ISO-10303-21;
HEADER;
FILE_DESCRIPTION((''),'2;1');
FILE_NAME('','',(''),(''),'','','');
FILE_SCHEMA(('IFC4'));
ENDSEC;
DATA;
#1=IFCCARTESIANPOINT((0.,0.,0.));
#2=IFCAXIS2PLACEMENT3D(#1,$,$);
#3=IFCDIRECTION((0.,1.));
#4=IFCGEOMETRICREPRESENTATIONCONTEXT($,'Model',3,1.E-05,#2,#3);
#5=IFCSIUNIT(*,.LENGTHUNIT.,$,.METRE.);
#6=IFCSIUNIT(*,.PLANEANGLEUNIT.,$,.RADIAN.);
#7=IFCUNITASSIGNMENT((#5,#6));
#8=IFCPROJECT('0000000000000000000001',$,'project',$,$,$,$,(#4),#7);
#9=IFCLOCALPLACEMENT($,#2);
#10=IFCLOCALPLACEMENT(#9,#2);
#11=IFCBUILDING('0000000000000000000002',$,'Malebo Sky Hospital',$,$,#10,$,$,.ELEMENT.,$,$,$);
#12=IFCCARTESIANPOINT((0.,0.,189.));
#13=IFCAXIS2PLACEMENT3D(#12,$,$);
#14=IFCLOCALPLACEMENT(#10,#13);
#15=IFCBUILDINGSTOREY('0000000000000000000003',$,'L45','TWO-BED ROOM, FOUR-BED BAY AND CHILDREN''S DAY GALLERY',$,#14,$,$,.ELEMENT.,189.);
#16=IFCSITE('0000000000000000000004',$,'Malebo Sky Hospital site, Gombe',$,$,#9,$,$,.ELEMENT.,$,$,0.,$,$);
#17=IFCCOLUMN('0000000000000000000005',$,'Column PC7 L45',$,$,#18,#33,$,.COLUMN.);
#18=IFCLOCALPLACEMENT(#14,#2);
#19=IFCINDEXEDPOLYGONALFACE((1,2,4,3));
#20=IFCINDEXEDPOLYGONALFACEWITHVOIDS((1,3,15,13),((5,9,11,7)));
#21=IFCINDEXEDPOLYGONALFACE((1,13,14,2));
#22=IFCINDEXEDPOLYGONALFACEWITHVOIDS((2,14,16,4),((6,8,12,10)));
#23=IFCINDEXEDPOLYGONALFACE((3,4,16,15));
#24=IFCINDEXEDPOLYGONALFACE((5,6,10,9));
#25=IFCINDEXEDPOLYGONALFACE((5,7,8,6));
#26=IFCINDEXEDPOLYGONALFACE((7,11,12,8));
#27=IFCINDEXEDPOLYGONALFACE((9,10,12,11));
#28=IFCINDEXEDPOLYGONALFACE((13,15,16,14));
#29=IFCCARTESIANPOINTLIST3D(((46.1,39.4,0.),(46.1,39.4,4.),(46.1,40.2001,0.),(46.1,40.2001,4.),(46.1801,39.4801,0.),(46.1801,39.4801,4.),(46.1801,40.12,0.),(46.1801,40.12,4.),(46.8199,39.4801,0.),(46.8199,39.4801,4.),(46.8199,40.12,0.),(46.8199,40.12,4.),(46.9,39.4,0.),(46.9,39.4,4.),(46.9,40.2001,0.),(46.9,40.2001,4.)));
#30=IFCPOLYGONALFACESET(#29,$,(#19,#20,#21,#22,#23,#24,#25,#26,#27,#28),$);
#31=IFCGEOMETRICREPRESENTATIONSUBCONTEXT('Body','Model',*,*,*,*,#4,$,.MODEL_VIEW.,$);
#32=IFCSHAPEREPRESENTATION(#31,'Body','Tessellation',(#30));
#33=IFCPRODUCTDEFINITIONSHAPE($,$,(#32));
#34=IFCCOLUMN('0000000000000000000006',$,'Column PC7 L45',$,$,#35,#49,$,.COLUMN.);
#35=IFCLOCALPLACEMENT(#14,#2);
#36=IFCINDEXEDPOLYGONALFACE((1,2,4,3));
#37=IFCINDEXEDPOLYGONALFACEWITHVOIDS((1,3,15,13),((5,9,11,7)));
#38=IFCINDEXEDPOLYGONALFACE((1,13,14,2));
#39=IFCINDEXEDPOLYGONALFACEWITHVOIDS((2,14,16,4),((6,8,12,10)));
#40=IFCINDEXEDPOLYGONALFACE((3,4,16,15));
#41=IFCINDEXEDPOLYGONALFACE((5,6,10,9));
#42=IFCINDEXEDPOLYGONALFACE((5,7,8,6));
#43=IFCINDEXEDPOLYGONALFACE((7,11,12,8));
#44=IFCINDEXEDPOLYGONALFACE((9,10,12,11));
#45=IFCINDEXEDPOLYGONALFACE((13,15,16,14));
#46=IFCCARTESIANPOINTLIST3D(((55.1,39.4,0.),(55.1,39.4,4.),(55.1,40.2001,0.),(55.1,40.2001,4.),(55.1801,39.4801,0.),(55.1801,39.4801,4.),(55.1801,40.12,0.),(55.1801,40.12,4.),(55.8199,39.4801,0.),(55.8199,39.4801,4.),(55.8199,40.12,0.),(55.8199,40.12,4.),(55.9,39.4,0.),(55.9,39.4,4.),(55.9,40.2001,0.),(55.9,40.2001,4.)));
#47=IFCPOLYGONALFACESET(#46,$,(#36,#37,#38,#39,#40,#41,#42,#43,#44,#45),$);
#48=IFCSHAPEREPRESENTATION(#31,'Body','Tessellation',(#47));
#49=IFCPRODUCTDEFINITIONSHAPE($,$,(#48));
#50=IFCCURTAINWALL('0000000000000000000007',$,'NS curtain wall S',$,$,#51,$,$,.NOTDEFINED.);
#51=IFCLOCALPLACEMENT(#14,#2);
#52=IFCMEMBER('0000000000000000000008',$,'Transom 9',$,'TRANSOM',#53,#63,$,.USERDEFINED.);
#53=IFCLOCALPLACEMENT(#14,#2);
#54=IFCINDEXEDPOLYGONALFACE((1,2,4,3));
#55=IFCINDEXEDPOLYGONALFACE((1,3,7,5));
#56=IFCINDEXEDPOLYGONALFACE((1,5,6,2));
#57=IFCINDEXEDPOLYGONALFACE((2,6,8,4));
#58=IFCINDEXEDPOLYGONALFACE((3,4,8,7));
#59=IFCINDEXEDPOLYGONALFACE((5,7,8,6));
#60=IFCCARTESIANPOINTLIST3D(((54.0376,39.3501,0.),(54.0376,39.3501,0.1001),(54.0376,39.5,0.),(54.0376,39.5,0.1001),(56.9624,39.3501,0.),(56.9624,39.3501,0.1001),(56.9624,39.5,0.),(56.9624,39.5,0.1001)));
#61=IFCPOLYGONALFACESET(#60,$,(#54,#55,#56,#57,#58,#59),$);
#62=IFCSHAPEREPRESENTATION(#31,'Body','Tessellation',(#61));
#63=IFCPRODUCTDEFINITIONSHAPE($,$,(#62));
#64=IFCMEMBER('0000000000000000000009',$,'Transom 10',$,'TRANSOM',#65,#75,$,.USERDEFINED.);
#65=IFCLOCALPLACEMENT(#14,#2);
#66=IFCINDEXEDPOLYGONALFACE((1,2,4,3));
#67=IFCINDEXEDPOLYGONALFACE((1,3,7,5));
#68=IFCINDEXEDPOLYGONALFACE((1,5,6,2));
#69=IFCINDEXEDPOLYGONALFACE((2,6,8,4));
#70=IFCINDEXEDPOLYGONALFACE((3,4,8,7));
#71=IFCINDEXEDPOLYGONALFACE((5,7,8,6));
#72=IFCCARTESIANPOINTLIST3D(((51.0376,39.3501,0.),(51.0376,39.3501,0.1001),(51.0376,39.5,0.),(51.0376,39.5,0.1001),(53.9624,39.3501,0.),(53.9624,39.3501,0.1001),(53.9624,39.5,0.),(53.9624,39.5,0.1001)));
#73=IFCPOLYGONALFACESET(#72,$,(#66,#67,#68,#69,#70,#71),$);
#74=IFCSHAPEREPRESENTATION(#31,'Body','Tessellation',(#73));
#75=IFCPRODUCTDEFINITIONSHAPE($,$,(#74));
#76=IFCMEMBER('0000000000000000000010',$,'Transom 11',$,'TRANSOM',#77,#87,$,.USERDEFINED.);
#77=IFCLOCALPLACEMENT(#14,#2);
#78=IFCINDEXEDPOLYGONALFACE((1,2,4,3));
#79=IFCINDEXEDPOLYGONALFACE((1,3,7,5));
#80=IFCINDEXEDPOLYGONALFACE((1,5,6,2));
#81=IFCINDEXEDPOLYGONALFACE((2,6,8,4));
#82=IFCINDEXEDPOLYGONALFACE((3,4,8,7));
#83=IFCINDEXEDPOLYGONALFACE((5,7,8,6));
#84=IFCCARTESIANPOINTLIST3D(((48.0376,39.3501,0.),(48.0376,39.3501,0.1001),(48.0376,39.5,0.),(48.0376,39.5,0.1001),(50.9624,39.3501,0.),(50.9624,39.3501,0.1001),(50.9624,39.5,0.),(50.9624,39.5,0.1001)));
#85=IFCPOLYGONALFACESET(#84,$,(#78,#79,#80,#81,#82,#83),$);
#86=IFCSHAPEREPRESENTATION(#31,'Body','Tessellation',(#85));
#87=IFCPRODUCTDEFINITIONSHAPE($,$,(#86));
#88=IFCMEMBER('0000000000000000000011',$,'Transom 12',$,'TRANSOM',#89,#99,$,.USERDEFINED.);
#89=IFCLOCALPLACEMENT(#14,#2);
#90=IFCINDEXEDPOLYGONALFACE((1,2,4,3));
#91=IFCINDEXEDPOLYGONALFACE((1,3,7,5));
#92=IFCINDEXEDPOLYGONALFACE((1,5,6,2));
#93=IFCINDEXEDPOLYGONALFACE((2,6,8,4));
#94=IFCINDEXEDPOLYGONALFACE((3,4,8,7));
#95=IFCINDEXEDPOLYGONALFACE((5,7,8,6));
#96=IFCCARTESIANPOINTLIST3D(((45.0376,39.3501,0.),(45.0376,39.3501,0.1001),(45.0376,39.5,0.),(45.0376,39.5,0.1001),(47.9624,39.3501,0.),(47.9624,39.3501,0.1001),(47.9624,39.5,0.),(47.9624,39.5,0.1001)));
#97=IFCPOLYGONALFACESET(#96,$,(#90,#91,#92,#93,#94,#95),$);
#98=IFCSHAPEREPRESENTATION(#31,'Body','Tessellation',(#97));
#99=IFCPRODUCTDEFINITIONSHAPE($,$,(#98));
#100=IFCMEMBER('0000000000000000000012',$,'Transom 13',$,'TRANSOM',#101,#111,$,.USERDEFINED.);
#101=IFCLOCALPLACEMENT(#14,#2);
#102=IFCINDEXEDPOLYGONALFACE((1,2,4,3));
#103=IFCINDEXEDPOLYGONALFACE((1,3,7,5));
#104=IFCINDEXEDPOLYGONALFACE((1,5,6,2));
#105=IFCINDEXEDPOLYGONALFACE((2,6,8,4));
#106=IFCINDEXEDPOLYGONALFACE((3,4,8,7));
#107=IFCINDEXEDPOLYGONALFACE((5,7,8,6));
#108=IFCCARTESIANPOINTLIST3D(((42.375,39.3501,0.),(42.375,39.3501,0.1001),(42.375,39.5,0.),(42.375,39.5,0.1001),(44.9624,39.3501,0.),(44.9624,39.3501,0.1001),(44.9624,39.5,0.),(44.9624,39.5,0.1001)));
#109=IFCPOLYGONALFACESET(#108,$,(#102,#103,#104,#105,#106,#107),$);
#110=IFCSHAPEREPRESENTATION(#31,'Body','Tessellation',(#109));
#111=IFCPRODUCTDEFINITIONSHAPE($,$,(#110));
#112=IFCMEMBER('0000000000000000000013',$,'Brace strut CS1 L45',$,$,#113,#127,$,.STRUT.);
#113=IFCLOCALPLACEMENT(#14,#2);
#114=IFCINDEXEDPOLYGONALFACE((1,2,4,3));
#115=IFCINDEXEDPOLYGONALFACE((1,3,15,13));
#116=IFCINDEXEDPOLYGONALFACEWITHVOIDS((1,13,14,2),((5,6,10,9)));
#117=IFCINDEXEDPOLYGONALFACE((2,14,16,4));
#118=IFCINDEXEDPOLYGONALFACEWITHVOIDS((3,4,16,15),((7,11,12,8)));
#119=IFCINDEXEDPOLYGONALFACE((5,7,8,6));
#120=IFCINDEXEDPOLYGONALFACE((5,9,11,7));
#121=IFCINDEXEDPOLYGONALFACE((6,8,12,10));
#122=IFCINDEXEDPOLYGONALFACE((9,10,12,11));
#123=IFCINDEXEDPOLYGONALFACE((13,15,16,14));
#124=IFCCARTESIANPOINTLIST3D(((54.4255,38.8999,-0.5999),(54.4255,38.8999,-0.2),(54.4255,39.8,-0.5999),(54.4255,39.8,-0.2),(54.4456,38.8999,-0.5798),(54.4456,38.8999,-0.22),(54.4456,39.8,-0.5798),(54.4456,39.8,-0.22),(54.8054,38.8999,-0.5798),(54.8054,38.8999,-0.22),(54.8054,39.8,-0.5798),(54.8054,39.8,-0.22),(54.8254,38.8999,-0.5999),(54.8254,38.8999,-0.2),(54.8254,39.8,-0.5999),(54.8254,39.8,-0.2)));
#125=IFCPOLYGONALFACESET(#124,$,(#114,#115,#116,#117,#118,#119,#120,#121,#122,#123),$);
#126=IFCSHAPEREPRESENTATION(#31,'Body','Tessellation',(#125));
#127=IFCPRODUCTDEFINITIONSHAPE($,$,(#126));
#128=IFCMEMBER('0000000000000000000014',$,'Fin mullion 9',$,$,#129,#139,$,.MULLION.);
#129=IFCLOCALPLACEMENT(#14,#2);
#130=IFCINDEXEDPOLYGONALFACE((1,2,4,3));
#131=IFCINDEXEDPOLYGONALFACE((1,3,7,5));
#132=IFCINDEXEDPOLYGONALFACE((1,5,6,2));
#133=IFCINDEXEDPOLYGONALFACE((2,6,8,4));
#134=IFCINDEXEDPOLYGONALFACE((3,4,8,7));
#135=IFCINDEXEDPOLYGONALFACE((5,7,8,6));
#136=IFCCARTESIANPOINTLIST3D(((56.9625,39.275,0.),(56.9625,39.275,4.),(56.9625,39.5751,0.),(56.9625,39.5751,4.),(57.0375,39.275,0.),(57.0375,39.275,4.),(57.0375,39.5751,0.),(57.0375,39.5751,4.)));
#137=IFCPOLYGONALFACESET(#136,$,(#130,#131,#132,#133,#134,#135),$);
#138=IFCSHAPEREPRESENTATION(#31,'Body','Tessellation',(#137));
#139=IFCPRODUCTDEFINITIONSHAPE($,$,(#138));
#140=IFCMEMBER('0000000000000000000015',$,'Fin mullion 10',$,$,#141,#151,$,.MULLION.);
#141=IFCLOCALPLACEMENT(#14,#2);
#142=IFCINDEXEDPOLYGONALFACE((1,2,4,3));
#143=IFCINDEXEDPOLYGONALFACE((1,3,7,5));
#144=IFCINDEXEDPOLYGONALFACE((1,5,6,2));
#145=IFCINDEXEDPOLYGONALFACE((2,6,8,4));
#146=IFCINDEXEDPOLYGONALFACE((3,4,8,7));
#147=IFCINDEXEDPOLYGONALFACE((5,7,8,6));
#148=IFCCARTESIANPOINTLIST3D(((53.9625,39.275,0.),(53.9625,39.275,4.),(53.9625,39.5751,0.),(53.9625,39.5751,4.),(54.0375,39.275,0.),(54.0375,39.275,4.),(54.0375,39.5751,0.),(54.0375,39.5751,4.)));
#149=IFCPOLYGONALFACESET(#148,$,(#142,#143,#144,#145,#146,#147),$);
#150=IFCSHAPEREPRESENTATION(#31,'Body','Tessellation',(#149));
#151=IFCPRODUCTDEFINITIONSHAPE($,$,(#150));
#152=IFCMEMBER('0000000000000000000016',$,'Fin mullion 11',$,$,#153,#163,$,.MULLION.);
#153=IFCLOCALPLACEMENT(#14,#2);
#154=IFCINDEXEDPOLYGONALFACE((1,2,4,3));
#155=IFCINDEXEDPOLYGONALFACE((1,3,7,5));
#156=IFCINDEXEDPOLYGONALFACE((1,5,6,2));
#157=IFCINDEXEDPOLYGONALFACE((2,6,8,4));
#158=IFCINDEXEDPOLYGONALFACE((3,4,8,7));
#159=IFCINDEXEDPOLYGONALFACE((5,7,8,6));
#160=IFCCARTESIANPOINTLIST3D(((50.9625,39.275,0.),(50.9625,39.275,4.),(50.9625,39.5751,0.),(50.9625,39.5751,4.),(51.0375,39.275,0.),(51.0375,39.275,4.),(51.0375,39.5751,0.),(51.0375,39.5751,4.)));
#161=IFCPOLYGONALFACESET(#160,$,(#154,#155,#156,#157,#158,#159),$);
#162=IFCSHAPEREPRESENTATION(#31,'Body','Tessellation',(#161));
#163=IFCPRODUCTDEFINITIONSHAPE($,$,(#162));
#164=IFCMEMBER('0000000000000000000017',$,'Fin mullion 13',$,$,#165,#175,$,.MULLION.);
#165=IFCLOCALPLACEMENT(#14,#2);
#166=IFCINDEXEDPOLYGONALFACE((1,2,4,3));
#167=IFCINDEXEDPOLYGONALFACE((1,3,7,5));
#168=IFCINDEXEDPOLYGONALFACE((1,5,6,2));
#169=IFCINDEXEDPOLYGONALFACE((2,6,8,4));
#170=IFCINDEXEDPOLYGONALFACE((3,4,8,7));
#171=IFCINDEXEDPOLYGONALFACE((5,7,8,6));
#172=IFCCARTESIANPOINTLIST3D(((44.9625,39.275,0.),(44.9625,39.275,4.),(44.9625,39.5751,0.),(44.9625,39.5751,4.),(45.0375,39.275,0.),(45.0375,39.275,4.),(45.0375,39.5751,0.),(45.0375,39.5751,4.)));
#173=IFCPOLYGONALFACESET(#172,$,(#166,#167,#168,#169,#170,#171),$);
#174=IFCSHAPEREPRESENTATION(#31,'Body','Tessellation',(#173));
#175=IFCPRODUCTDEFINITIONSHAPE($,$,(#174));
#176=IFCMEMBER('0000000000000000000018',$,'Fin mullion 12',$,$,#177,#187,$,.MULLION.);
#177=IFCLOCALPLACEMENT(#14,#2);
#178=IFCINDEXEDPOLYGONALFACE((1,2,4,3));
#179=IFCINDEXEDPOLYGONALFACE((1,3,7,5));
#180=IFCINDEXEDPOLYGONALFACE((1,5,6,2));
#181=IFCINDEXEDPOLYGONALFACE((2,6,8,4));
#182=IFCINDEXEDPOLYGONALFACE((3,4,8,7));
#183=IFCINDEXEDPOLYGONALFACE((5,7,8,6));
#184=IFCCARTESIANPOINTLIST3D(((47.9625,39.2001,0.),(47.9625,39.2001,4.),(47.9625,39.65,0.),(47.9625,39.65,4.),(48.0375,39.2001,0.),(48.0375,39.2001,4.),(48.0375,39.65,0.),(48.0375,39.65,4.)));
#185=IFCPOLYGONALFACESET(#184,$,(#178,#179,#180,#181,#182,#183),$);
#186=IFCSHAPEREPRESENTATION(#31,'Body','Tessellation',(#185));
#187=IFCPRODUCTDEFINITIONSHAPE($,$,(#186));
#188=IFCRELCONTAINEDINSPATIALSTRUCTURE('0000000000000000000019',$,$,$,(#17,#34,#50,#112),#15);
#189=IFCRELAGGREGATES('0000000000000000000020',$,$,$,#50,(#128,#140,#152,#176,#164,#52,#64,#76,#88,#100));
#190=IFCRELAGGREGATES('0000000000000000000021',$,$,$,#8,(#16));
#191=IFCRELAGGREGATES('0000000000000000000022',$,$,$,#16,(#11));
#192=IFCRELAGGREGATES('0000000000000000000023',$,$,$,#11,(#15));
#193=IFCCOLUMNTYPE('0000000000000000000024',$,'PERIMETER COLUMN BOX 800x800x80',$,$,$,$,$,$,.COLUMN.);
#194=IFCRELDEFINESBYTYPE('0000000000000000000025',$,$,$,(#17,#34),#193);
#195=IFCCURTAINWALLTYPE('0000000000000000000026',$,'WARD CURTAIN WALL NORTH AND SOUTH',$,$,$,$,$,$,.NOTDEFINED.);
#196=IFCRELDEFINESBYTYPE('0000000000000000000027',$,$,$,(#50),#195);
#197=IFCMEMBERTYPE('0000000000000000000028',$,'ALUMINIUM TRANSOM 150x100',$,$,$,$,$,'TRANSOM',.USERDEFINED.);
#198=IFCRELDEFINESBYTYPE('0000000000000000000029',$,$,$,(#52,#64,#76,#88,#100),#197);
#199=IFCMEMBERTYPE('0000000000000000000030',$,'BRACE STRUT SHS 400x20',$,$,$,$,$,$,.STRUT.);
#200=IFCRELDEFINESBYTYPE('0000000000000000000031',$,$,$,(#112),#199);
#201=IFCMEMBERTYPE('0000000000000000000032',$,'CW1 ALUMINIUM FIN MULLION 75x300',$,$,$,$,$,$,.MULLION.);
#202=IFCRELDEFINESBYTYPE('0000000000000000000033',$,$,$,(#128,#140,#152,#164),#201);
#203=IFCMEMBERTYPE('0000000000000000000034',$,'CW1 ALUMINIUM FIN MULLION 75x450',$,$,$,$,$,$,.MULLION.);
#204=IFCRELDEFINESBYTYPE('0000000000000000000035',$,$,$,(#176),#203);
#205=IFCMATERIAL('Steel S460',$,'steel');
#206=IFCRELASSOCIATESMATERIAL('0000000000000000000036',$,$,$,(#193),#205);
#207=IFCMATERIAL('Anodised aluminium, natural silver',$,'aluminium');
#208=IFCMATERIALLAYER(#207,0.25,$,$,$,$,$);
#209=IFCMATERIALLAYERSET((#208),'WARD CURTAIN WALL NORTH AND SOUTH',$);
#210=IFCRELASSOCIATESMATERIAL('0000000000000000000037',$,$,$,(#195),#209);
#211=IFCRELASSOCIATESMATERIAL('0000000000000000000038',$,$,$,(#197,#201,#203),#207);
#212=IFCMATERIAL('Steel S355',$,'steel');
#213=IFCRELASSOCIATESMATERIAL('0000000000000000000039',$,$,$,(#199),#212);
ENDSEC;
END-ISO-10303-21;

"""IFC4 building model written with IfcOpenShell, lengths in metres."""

from ifc_helpers import new_model, si_unit, direction, frame, origin, origin_2d, place, context, subcontext, project, spatial, rectangle, hollow_rectangle, extrude, material, layer, layer_set, material_profile, profile_set, type_object, element, aggregate, save


model = new_model("IFC4")

# Units and contexts
model_context = context("Model", 3, precision=1e-05, world=origin(), true_north=direction((0.0, 1.0)))
body_context = subcontext(model_context, "Body", "Model", "MODEL_VIEW")
ifc_project = project(units=[si_unit("LENGTHUNIT", "METRE"), si_unit("PLANEANGLEUNIT", "RADIAN")], contexts=[model_context])

# Site, building, storey
site_placement = place(None, origin())
site = spatial("IfcSite", under=ifc_project, at=site_placement, Name="Malebo Sky Hospital site, Gombe", CompositionType="ELEMENT", RefElevation=0.0)
building_placement = place(site_placement, origin())
building = spatial("IfcBuilding", under=site, at=building_placement, Name="Malebo Sky Hospital", CompositionType="ELEMENT")
storey_placement = place(building_placement, frame((0.0, 0.0, 189.0)))
storey = spatial("IfcBuildingStorey", under=building, at=storey_placement, Name="L45", Description="TWO-BED ROOM, FOUR-BED BAY AND CHILDREN'S DAY GALLERY", CompositionType="ELEMENT", Elevation=189.0)

# Columns
ifc_material_1 = material(Name="Steel S460", Category="steel")
ifc_material_profile_1 = material_profile(ifc_material_1, hollow_rectangle(XDim=0.8, YDim=0.8, WallThickness=0.0801, at=origin_2d()), Name="BOX 800x800x80")
ifc_profile_set_1 = profile_set([ifc_material_profile_1], Name="Steel S460")
column_type = type_object("IfcColumnType", Name="PERIMETER COLUMN BOX 800x800x80", PredefinedType="COLUMN", material=ifc_profile_set_1)
for number, where, z_axis, x_axis, name in (
    (1, (46.5, 39.8, 0.0), (0.0, 0.0, 1.0), (1.0, 0.0, 0.0), "Column PC7 L45"),
    (2, (55.5, 39.8, 0.0), (0.0, 0.0, 1.0), (1.0, 0.0, 0.0), "Column PC7 L45"),
):
    element("IfcColumn", number, at=place(storey_placement, frame(where, z_axis=z_axis, x_axis=x_axis)), inside=storey, type_object=column_type, Name=name, PredefinedType="COLUMN", context=body_context, shape_type="SweptSolid", body=[
        extrude(hollow_rectangle(XDim=0.8, YDim=0.8, WallThickness=0.0801, at=origin_2d()), origin(), (0.0, 0.0, 1.0), 4.0),
    ])

# Curtain wall, members
ifc_material_2 = material(Name="Anodised aluminium, natural silver", Category="aluminium")
ifc_layer_1 = layer(ifc_material_2, 0.25)
ifc_layer_set_1 = layer_set([ifc_layer_1], Name="WARD CURTAIN WALL NORTH AND SOUTH")
curtain_wall_type = type_object("IfcCurtainWallType", Name="WARD CURTAIN WALL NORTH AND SOUTH", PredefinedType="NOTDEFINED", material=ifc_layer_set_1)
curtain_wall_placement = place(storey_placement, origin())
curtain_wall = element("IfcCurtainWall", 3, at=curtain_wall_placement, inside=storey, type_object=curtain_wall_type, Name="NS curtain wall S", PredefinedType="NOTDEFINED")
ifc_material_profile_2 = material_profile(ifc_material_2, rectangle(XDim=0.1499, YDim=0.1001, at=origin_2d()), Name="ALUMINIUM TRANSOM 150x100")
ifc_profile_set_2 = profile_set([ifc_material_profile_2], Name="Anodised aluminium, natural silver")
member_type_1 = type_object("IfcMemberType", Name="ALUMINIUM TRANSOM 150x100", ElementType="TRANSOM", PredefinedType="USERDEFINED", material=ifc_profile_set_2)
member_1_placement = place(storey_placement, frame((56.9624, 39.425, 0.05), z_axis=(-1.0, 0.0, 0.0), x_axis=(0.0, -1.0, 0.0)))
member_1 = element("IfcMember", 4, at=member_1_placement, type_object=member_type_1, Name="Transom 9", ObjectType="TRANSOM", PredefinedType="USERDEFINED", context=body_context, shape_type="SweptSolid", body=[
    extrude(rectangle(XDim=0.1499, YDim=0.1001, at=origin_2d()), origin(), (0.0, 0.0, 1.0), 2.9248),
])
member_2_placement = place(storey_placement, frame((53.9624, 39.425, 0.05), z_axis=(-1.0, 0.0, 0.0), x_axis=(0.0, -1.0, 0.0)))
member_2 = element("IfcMember", 5, at=member_2_placement, type_object=member_type_1, Name="Transom 10", ObjectType="TRANSOM", PredefinedType="USERDEFINED", context=body_context, shape_type="SweptSolid", body=[
    extrude(rectangle(XDim=0.1499, YDim=0.1001, at=origin_2d()), origin(), (0.0, 0.0, 1.0), 2.9248),
])
member_3_placement = place(storey_placement, frame((50.9624, 39.425, 0.05), z_axis=(-1.0, 0.0, 0.0), x_axis=(0.0, -1.0, 0.0)))
member_3 = element("IfcMember", 6, at=member_3_placement, type_object=member_type_1, Name="Transom 11", ObjectType="TRANSOM", PredefinedType="USERDEFINED", context=body_context, shape_type="SweptSolid", body=[
    extrude(rectangle(XDim=0.1499, YDim=0.1001, at=origin_2d()), origin(), (0.0, 0.0, 1.0), 2.9248),
])
member_4_placement = place(storey_placement, frame((47.9624, 39.425, 0.05), z_axis=(-1.0, 0.0, 0.0), x_axis=(0.0, -1.0, 0.0)))
member_4 = element("IfcMember", 7, at=member_4_placement, type_object=member_type_1, Name="Transom 12", ObjectType="TRANSOM", PredefinedType="USERDEFINED", context=body_context, shape_type="SweptSolid", body=[
    extrude(rectangle(XDim=0.1499, YDim=0.1001, at=origin_2d()), origin(), (0.0, 0.0, 1.0), 2.9248),
])
member_5_placement = place(storey_placement, frame((44.9624, 39.425, 0.05), z_axis=(-1.0, 0.0, 0.0), x_axis=(0.0, -1.0, 0.0)))
member_5 = element("IfcMember", 8, at=member_5_placement, type_object=member_type_1, Name="Transom 13", ObjectType="TRANSOM", PredefinedType="USERDEFINED", context=body_context, shape_type="SweptSolid", body=[
    extrude(rectangle(XDim=0.1499, YDim=0.1001, at=origin_2d()), origin(), (0.0, 0.0, 1.0), 2.5874),
])

# Members
ifc_material_3 = material(Name="Steel S355", Category="steel")
ifc_material_profile_3 = material_profile(ifc_material_3, hollow_rectangle(XDim=0.3999, YDim=0.3999, WallThickness=0.02, at=origin_2d()), Name="SHS 400x20")
ifc_profile_set_3 = profile_set([ifc_material_profile_3], Name="Steel S355")
member_type_2 = type_object("IfcMemberType", Name="BRACE STRUT SHS 400x20", PredefinedType="STRUT", material=ifc_profile_set_3)
member_6_placement = place(storey_placement, frame((54.6255, 38.8999, -0.3999), z_axis=(0.0, 1.0, 0.0), x_axis=(-1.0, 0.0, 0.0)))
element("IfcMember", 9, at=member_6_placement, inside=storey, type_object=member_type_2, Name="Brace strut CS1 L45", PredefinedType="STRUT", context=body_context, shape_type="SweptSolid", body=[
    extrude(hollow_rectangle(XDim=0.3999, YDim=0.3999, WallThickness=0.02, at=origin_2d()), origin(), (0.0, 0.0, 1.0), 0.9001),
])
ifc_material_profile_4 = material_profile(ifc_material_2, rectangle(XDim=0.075, YDim=0.3, at=origin_2d()), Name="CW1 ALUMINIUM FIN MULLION 75x300")
ifc_profile_set_4 = profile_set([ifc_material_profile_4], Name="Anodised aluminium, natural silver")
member_type_3 = type_object("IfcMemberType", Name="CW1 ALUMINIUM FIN MULLION 75x300", PredefinedType="MULLION", material=ifc_profile_set_4)
member_7_placement = place(storey_placement, frame((57.0, 39.425, 0.0), z_axis=(0.0, 0.0, 1.0), x_axis=(-1.0, 0.0, 0.0)))
member_7 = element("IfcMember", 10, at=member_7_placement, type_object=member_type_3, Name="Fin mullion 9", PredefinedType="MULLION", context=body_context, shape_type="SweptSolid", body=[
    extrude(rectangle(XDim=0.075, YDim=0.3, at=origin_2d()), origin(), (0.0, 0.0, 1.0), 4.0),
])
member_8_placement = place(storey_placement, frame((54.0, 39.425, 0.0), z_axis=(0.0, 0.0, 1.0), x_axis=(-1.0, 0.0, 0.0)))
member_8 = element("IfcMember", 11, at=member_8_placement, type_object=member_type_3, Name="Fin mullion 10", PredefinedType="MULLION", context=body_context, shape_type="SweptSolid", body=[
    extrude(rectangle(XDim=0.075, YDim=0.3, at=origin_2d()), origin(), (0.0, 0.0, 1.0), 4.0),
])
member_9_placement = place(storey_placement, frame((51.0, 39.425, 0.0), z_axis=(0.0, 0.0, 1.0), x_axis=(-1.0, 0.0, 0.0)))
member_9 = element("IfcMember", 12, at=member_9_placement, type_object=member_type_3, Name="Fin mullion 11", PredefinedType="MULLION", context=body_context, shape_type="SweptSolid", body=[
    extrude(rectangle(XDim=0.075, YDim=0.3, at=origin_2d()), origin(), (0.0, 0.0, 1.0), 4.0),
])
member_10_placement = place(storey_placement, frame((45.0, 39.425, 0.0), z_axis=(0.0, 0.0, 1.0), x_axis=(-1.0, 0.0, 0.0)))
member_10 = element("IfcMember", 13, at=member_10_placement, type_object=member_type_3, Name="Fin mullion 13", PredefinedType="MULLION", context=body_context, shape_type="SweptSolid", body=[
    extrude(rectangle(XDim=0.075, YDim=0.3, at=origin_2d()), origin(), (0.0, 0.0, 1.0), 4.0),
])
ifc_material_profile_5 = material_profile(ifc_material_2, rectangle(XDim=0.075, YDim=0.45, at=origin_2d()), Name="CW1 ALUMINIUM FIN MULLION 75x450")
ifc_profile_set_5 = profile_set([ifc_material_profile_5], Name="Anodised aluminium, natural silver")
member_type_4 = type_object("IfcMemberType", Name="CW1 ALUMINIUM FIN MULLION 75x450", PredefinedType="MULLION", material=ifc_profile_set_5)
member_11_placement = place(storey_placement, frame((48.0, 39.425, 0.0), z_axis=(0.0, 0.0, 1.0), x_axis=(-1.0, 0.0, 0.0)))
member_11 = element("IfcMember", 14, at=member_11_placement, type_object=member_type_4, Name="Fin mullion 12", PredefinedType="MULLION", context=body_context, shape_type="SweptSolid", body=[
    extrude(rectangle(XDim=0.075, YDim=0.45, at=origin_2d()), origin(), (0.0, 0.0, 1.0), 4.0),
])

aggregate(curtain_wall, [member_7, member_8, member_9, member_11, member_10, member_1, member_2, member_3, member_4, member_5])

save(model, "model.ifc")
